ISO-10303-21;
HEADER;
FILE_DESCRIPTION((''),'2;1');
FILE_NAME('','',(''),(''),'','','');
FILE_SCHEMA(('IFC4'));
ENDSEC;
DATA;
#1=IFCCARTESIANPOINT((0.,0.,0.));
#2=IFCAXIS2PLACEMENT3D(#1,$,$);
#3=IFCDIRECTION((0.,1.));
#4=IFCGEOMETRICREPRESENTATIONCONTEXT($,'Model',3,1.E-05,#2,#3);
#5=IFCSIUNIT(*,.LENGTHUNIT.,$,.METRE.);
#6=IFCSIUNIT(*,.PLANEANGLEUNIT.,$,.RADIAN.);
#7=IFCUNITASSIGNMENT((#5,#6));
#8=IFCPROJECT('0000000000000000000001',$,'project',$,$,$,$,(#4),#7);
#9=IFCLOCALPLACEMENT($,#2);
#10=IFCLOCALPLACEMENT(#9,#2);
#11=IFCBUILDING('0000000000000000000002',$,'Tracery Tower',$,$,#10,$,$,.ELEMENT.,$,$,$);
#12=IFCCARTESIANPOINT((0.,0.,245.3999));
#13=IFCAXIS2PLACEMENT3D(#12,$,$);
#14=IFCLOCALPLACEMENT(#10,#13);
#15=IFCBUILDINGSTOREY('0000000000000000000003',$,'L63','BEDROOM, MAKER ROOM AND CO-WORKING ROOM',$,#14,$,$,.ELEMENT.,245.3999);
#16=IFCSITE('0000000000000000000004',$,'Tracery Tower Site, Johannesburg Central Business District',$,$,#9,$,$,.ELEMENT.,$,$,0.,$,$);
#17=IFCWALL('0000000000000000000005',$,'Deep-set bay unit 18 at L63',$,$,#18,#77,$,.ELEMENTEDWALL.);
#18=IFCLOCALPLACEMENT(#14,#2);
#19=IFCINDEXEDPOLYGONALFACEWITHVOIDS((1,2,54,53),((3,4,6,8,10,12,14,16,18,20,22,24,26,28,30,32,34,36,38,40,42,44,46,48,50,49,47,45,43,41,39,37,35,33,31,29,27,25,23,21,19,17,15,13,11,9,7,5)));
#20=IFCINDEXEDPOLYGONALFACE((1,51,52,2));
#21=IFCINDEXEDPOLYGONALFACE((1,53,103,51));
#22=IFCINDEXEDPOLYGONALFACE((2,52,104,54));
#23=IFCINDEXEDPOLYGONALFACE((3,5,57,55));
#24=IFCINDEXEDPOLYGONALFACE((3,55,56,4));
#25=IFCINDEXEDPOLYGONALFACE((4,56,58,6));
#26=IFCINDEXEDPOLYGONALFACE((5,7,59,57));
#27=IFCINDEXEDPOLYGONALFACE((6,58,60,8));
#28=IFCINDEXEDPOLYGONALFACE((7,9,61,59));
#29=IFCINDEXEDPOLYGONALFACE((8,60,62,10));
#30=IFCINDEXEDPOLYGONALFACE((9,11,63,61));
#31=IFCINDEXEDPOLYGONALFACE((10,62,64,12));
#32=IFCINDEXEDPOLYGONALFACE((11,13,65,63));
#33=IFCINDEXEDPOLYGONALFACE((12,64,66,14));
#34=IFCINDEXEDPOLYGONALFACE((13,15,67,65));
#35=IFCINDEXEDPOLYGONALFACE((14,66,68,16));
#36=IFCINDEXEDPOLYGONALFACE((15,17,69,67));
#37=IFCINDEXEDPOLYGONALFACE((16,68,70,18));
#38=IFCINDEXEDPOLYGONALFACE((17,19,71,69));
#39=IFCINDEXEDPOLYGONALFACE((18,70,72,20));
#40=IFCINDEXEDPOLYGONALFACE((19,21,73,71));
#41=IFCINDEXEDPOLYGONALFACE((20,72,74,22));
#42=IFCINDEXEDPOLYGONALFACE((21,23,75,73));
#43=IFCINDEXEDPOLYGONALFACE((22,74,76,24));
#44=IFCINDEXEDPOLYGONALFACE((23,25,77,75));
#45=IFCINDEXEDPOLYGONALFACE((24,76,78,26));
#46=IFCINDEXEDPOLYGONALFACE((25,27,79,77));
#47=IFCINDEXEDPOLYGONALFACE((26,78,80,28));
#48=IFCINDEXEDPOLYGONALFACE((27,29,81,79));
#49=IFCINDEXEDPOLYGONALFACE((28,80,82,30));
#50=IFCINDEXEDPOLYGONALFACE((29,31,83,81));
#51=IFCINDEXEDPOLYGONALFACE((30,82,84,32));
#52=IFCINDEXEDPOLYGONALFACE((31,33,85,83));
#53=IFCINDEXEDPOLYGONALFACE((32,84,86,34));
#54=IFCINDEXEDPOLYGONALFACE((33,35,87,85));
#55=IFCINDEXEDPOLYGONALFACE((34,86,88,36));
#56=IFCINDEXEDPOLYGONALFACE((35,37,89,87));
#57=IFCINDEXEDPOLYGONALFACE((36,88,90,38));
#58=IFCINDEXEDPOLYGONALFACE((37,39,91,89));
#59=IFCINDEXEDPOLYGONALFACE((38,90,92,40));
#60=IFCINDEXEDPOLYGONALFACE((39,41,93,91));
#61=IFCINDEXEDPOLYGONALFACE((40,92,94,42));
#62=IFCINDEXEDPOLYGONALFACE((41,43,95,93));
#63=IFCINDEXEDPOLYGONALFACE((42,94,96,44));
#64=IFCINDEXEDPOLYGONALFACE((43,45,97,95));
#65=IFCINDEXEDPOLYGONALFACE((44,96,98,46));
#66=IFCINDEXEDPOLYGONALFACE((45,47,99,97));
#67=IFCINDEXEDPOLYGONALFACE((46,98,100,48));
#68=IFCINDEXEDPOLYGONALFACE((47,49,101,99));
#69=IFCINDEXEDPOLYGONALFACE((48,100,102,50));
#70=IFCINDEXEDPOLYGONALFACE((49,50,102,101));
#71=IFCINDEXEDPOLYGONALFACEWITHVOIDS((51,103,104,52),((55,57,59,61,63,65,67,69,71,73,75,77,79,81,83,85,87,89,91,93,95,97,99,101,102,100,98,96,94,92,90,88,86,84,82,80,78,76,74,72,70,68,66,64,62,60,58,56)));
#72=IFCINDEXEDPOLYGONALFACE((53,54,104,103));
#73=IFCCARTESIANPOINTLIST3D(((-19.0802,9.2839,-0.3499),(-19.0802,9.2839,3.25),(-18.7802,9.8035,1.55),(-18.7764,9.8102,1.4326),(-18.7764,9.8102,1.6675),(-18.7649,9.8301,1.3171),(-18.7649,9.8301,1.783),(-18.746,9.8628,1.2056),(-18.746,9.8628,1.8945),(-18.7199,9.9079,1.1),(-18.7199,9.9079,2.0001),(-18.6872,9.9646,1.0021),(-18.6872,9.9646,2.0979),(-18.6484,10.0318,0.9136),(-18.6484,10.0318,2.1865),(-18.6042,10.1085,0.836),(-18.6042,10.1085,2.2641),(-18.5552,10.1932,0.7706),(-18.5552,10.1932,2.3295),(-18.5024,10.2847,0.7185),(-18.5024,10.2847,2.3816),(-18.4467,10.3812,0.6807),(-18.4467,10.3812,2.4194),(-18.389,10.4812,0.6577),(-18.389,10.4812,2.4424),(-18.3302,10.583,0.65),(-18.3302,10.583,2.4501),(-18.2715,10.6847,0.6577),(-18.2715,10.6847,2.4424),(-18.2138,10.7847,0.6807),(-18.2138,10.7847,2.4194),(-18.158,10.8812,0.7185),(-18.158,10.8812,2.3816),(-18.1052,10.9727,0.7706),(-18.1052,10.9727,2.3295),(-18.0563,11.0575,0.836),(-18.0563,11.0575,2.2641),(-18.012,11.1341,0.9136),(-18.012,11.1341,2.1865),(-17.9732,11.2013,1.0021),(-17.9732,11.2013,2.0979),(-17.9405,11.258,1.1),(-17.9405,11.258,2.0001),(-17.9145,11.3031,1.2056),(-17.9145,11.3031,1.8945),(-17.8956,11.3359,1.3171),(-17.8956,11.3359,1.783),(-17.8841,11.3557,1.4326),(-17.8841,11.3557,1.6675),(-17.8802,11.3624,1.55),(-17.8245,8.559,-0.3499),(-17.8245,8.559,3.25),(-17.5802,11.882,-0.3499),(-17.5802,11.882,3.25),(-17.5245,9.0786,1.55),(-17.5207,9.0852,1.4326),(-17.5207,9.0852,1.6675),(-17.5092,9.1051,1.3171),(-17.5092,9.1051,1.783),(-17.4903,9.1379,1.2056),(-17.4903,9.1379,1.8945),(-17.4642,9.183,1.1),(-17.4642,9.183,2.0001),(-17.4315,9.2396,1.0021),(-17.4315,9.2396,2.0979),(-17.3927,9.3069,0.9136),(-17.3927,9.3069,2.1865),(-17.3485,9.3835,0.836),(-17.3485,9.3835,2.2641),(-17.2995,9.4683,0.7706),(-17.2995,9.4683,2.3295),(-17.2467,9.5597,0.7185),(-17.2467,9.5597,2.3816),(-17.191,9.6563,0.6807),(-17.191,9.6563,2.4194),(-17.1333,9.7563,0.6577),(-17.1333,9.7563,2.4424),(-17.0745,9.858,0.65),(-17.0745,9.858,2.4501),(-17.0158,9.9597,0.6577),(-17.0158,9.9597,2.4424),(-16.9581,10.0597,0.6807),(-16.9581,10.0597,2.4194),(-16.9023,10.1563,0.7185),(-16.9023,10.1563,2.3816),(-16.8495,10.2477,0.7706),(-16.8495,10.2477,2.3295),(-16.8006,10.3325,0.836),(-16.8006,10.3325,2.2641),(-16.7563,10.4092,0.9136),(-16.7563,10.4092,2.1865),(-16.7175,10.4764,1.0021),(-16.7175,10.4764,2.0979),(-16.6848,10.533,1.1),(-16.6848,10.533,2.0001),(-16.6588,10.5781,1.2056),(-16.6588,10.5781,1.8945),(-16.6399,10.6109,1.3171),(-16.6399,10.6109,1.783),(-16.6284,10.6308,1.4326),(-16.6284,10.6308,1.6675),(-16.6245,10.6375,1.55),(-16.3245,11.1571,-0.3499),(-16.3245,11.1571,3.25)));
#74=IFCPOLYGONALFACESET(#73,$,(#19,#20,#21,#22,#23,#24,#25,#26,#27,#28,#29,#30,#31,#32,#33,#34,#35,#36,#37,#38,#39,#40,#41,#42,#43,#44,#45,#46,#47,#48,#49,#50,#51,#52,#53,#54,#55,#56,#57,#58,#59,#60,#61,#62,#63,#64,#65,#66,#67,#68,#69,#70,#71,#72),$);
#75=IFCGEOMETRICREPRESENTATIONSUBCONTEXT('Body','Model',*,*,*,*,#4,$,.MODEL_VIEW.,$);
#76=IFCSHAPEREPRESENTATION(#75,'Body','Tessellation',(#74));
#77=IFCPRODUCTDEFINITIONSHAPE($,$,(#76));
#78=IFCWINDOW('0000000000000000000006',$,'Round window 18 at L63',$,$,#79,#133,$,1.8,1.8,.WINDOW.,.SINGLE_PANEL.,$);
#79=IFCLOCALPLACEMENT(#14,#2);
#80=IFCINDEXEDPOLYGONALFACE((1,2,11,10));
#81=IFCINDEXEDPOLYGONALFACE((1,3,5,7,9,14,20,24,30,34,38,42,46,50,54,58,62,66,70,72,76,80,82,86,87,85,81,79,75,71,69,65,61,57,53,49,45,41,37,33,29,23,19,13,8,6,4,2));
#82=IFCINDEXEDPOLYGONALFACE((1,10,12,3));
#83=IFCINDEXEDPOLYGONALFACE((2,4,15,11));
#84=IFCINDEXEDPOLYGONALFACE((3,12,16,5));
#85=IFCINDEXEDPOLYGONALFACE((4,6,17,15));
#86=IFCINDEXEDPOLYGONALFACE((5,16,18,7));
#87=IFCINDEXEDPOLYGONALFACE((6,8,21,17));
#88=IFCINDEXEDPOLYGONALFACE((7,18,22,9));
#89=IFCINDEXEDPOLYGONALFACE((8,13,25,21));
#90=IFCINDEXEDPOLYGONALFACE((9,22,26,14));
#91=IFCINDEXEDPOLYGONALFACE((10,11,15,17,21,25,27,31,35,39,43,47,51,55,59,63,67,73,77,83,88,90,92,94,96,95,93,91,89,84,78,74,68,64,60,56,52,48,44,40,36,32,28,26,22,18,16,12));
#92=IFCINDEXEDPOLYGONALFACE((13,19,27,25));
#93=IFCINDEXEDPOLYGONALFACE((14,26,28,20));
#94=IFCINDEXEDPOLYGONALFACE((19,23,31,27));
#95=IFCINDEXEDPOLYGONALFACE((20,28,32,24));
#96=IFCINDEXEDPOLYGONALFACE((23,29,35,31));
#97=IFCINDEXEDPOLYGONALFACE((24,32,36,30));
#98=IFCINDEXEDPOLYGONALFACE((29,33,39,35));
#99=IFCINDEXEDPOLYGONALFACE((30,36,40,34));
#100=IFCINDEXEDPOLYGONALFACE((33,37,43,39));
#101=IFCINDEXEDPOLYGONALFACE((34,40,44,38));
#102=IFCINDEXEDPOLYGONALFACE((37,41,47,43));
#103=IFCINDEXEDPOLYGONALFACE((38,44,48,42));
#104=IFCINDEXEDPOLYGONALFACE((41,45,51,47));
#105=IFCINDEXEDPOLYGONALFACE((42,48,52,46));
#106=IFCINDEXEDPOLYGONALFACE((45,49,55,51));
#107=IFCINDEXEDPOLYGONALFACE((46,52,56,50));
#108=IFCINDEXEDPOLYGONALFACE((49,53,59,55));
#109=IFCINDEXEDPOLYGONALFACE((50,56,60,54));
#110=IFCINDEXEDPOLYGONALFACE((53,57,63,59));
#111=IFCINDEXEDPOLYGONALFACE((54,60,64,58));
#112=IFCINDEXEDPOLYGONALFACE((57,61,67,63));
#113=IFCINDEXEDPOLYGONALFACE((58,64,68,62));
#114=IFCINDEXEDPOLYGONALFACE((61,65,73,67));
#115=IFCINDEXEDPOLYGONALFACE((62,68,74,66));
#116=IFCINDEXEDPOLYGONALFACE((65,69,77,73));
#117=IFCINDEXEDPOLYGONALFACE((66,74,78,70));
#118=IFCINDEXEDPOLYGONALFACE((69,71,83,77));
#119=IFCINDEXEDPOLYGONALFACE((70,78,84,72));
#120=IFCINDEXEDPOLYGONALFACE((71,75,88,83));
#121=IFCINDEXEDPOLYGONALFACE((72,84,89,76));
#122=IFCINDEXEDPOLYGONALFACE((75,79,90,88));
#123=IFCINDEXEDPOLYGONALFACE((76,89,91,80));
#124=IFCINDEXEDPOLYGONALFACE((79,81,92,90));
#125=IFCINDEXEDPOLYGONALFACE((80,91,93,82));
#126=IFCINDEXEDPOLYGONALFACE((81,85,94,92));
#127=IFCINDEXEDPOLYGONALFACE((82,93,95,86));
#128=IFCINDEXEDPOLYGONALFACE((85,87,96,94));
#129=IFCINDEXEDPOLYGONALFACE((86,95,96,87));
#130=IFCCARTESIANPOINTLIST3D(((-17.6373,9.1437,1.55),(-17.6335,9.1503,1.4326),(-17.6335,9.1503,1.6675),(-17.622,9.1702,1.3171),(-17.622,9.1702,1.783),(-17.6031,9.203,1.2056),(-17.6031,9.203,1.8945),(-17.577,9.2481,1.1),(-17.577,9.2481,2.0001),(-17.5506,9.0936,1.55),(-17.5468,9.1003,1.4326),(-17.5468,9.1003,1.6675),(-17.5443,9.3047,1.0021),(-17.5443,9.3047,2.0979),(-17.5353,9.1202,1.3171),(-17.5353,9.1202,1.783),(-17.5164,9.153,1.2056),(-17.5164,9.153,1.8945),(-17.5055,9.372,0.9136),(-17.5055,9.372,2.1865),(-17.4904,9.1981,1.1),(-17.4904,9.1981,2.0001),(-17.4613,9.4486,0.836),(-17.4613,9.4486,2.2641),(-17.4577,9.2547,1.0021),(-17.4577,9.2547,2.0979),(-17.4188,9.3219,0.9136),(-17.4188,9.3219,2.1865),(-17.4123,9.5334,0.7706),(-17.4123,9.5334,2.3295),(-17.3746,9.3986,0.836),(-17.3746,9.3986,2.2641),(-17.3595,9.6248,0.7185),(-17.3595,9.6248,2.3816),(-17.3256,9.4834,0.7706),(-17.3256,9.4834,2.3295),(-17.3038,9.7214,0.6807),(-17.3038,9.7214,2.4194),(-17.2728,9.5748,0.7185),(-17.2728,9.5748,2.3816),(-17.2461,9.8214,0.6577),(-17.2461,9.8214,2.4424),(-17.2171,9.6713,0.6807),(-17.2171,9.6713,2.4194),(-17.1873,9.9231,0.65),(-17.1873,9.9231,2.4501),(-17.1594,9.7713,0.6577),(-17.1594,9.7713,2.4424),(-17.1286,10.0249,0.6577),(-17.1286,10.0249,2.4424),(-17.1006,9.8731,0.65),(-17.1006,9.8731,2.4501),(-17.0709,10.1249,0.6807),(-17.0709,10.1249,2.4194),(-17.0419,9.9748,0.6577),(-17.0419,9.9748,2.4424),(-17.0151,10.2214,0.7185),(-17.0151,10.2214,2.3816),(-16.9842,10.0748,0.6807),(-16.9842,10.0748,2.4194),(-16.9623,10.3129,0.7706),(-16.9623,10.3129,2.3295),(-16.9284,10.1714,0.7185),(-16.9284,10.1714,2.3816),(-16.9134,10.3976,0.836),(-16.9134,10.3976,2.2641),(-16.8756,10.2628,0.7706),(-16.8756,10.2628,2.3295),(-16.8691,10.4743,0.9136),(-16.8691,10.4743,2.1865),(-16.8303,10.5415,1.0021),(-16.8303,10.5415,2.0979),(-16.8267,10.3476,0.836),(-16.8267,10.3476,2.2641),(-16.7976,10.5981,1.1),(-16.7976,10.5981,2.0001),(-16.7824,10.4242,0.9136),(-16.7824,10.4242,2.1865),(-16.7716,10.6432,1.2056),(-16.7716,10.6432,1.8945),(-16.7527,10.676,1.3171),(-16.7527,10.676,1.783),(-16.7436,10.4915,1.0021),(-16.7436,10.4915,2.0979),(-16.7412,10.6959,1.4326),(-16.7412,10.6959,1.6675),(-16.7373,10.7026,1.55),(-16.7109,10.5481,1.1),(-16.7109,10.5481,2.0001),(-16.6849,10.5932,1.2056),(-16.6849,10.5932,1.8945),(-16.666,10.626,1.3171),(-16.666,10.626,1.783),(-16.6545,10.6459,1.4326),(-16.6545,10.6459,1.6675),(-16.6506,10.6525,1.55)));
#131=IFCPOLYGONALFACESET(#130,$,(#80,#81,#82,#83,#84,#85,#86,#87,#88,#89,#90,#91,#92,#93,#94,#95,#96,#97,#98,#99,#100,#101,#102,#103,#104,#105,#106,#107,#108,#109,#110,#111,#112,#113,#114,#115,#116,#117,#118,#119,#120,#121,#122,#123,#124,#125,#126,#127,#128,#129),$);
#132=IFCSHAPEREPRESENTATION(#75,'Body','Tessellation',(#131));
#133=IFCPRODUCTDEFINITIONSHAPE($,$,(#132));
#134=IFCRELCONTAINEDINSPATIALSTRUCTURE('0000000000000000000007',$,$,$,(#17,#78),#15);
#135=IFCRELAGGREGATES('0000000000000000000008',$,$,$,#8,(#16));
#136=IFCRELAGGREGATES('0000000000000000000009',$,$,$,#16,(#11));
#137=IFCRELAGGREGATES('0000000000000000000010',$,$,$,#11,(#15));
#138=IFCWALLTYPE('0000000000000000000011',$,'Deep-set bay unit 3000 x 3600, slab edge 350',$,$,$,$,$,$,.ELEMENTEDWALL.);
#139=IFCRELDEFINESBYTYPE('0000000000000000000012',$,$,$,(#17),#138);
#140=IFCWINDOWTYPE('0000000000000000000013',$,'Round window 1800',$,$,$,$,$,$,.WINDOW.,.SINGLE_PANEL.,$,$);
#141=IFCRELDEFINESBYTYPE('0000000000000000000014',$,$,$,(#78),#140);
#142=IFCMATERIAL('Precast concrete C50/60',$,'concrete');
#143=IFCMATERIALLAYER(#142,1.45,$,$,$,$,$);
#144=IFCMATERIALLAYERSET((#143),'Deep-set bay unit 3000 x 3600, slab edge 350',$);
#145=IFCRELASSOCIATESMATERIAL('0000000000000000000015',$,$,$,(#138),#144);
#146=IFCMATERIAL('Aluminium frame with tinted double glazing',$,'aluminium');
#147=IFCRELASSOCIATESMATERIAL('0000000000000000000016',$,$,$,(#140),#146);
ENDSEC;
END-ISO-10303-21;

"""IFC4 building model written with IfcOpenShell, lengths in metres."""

from ifc_helpers import new_model, si_unit, direction, frame, frame_2d, origin, origin_2d, place, context, subcontext, project, spatial, rectangle, circle, extrude, material, layer, layer_set, type_object, element, fill, save


model = new_model("IFC4")

# Units and contexts
model_context = context("Model", 3, precision=1e-05, world=origin(), true_north=direction((0.0, 1.0)))
body_context = subcontext(model_context, "Body", "Model", "MODEL_VIEW")
ifc_project = project(units=[si_unit("LENGTHUNIT", "METRE"), si_unit("PLANEANGLEUNIT", "RADIAN")], contexts=[model_context])

# Site, building, storey
site_placement = place(None, origin())
site = spatial("IfcSite", under=ifc_project, at=site_placement, Name="Tracery Tower Site, Johannesburg Central Business District", CompositionType="ELEMENT", RefElevation=0.0)
building_placement = place(site_placement, origin())
building = spatial("IfcBuilding", under=site, at=building_placement, Name="Tracery Tower", CompositionType="ELEMENT")
storey_placement = place(building_placement, frame((0.0, 0.0, 245.3999)))
storey = spatial("IfcBuildingStorey", under=building, at=storey_placement, Name="L63", Description="BEDROOM, MAKER ROOM AND CO-WORKING ROOM", CompositionType="ELEMENT", Elevation=245.3999)

# Wall, opening, window
ifc_material_1 = material(Name="Precast concrete C50/60", Category="concrete")
ifc_layer_1 = layer(ifc_material_1, 1.45)
ifc_layer_set_1 = layer_set([ifc_layer_1], Name="Deep-set bay unit 3000 x 3600, slab edge 350")
wall_type_1 = type_object("IfcWallType", Name="Deep-set bay unit 3000 x 3600, slab edge 350", PredefinedType="ELEMENTEDWALL", material=ifc_layer_set_1)
ifc_material_2 = material(Name="Aluminium frame with tinted double glazing", Category="aluminium")
window_type = type_object("IfcWindowType", Name="Round window 1800", PartitioningType="SINGLE_PANEL", PredefinedType="WINDOW", material=ifc_material_2)
wall_1_placement = place(storey_placement, frame((-16.9524, 11.5195, -0.3499), z_axis=(0.0, 0.0, 1.0), x_axis=(-0.49999, -0.866031, 0.0)))
wall_1 = element("IfcWall", 1, at=wall_1_placement, inside=storey, type_object=wall_type_1, Name="Deep-set bay unit 18 at L63", PredefinedType="ELEMENTEDWALL", context=body_context, shape_type="SweptSolid", body=[
    extrude(rectangle(XDim=3.0, YDim=1.45, at=frame_2d((1.5, 0.0))), origin(), (0.0, 0.0, 1.0), 3.5999),
])
opening_1_placement = place(wall_1_placement, frame((1.5, 0.0, 1.8999)))
opening_1 = element("IfcOpeningElement", 2, at=opening_1_placement, cuts=wall_1, PredefinedType="OPENING", context=body_context, shape_type="SweptSolid", body=[
    extrude(circle(Radius=0.9, at=origin_2d()), frame((0.0, 0.7349, 0.0), z_axis=(0.0, -1.0, 0.0), x_axis=(1.0, 0.0, 0.0)), (0.0, 0.0, 1.0), 1.47),
])
window_1_placement = place(opening_1_placement, origin())
window_1 = element("IfcWindow", 3, at=window_1_placement, inside=storey, type_object=window_type, Name="Round window 18 at L63", OverallHeight=1.8, OverallWidth=1.8, PartitioningType="SINGLE_PANEL", PredefinedType="WINDOW", context=body_context, shape_type="SweptSolid", body=[
    extrude(circle(Radius=0.9, at=origin_2d()), frame((0.0, 0.6948, 0.0), z_axis=(0.0, -1.0, 0.0), x_axis=(1.0, 0.0, 0.0)), (0.0, 0.0, 1.0), 0.1001),
])
fill(opening_1, window_1)

save(model, "model.ifc")
